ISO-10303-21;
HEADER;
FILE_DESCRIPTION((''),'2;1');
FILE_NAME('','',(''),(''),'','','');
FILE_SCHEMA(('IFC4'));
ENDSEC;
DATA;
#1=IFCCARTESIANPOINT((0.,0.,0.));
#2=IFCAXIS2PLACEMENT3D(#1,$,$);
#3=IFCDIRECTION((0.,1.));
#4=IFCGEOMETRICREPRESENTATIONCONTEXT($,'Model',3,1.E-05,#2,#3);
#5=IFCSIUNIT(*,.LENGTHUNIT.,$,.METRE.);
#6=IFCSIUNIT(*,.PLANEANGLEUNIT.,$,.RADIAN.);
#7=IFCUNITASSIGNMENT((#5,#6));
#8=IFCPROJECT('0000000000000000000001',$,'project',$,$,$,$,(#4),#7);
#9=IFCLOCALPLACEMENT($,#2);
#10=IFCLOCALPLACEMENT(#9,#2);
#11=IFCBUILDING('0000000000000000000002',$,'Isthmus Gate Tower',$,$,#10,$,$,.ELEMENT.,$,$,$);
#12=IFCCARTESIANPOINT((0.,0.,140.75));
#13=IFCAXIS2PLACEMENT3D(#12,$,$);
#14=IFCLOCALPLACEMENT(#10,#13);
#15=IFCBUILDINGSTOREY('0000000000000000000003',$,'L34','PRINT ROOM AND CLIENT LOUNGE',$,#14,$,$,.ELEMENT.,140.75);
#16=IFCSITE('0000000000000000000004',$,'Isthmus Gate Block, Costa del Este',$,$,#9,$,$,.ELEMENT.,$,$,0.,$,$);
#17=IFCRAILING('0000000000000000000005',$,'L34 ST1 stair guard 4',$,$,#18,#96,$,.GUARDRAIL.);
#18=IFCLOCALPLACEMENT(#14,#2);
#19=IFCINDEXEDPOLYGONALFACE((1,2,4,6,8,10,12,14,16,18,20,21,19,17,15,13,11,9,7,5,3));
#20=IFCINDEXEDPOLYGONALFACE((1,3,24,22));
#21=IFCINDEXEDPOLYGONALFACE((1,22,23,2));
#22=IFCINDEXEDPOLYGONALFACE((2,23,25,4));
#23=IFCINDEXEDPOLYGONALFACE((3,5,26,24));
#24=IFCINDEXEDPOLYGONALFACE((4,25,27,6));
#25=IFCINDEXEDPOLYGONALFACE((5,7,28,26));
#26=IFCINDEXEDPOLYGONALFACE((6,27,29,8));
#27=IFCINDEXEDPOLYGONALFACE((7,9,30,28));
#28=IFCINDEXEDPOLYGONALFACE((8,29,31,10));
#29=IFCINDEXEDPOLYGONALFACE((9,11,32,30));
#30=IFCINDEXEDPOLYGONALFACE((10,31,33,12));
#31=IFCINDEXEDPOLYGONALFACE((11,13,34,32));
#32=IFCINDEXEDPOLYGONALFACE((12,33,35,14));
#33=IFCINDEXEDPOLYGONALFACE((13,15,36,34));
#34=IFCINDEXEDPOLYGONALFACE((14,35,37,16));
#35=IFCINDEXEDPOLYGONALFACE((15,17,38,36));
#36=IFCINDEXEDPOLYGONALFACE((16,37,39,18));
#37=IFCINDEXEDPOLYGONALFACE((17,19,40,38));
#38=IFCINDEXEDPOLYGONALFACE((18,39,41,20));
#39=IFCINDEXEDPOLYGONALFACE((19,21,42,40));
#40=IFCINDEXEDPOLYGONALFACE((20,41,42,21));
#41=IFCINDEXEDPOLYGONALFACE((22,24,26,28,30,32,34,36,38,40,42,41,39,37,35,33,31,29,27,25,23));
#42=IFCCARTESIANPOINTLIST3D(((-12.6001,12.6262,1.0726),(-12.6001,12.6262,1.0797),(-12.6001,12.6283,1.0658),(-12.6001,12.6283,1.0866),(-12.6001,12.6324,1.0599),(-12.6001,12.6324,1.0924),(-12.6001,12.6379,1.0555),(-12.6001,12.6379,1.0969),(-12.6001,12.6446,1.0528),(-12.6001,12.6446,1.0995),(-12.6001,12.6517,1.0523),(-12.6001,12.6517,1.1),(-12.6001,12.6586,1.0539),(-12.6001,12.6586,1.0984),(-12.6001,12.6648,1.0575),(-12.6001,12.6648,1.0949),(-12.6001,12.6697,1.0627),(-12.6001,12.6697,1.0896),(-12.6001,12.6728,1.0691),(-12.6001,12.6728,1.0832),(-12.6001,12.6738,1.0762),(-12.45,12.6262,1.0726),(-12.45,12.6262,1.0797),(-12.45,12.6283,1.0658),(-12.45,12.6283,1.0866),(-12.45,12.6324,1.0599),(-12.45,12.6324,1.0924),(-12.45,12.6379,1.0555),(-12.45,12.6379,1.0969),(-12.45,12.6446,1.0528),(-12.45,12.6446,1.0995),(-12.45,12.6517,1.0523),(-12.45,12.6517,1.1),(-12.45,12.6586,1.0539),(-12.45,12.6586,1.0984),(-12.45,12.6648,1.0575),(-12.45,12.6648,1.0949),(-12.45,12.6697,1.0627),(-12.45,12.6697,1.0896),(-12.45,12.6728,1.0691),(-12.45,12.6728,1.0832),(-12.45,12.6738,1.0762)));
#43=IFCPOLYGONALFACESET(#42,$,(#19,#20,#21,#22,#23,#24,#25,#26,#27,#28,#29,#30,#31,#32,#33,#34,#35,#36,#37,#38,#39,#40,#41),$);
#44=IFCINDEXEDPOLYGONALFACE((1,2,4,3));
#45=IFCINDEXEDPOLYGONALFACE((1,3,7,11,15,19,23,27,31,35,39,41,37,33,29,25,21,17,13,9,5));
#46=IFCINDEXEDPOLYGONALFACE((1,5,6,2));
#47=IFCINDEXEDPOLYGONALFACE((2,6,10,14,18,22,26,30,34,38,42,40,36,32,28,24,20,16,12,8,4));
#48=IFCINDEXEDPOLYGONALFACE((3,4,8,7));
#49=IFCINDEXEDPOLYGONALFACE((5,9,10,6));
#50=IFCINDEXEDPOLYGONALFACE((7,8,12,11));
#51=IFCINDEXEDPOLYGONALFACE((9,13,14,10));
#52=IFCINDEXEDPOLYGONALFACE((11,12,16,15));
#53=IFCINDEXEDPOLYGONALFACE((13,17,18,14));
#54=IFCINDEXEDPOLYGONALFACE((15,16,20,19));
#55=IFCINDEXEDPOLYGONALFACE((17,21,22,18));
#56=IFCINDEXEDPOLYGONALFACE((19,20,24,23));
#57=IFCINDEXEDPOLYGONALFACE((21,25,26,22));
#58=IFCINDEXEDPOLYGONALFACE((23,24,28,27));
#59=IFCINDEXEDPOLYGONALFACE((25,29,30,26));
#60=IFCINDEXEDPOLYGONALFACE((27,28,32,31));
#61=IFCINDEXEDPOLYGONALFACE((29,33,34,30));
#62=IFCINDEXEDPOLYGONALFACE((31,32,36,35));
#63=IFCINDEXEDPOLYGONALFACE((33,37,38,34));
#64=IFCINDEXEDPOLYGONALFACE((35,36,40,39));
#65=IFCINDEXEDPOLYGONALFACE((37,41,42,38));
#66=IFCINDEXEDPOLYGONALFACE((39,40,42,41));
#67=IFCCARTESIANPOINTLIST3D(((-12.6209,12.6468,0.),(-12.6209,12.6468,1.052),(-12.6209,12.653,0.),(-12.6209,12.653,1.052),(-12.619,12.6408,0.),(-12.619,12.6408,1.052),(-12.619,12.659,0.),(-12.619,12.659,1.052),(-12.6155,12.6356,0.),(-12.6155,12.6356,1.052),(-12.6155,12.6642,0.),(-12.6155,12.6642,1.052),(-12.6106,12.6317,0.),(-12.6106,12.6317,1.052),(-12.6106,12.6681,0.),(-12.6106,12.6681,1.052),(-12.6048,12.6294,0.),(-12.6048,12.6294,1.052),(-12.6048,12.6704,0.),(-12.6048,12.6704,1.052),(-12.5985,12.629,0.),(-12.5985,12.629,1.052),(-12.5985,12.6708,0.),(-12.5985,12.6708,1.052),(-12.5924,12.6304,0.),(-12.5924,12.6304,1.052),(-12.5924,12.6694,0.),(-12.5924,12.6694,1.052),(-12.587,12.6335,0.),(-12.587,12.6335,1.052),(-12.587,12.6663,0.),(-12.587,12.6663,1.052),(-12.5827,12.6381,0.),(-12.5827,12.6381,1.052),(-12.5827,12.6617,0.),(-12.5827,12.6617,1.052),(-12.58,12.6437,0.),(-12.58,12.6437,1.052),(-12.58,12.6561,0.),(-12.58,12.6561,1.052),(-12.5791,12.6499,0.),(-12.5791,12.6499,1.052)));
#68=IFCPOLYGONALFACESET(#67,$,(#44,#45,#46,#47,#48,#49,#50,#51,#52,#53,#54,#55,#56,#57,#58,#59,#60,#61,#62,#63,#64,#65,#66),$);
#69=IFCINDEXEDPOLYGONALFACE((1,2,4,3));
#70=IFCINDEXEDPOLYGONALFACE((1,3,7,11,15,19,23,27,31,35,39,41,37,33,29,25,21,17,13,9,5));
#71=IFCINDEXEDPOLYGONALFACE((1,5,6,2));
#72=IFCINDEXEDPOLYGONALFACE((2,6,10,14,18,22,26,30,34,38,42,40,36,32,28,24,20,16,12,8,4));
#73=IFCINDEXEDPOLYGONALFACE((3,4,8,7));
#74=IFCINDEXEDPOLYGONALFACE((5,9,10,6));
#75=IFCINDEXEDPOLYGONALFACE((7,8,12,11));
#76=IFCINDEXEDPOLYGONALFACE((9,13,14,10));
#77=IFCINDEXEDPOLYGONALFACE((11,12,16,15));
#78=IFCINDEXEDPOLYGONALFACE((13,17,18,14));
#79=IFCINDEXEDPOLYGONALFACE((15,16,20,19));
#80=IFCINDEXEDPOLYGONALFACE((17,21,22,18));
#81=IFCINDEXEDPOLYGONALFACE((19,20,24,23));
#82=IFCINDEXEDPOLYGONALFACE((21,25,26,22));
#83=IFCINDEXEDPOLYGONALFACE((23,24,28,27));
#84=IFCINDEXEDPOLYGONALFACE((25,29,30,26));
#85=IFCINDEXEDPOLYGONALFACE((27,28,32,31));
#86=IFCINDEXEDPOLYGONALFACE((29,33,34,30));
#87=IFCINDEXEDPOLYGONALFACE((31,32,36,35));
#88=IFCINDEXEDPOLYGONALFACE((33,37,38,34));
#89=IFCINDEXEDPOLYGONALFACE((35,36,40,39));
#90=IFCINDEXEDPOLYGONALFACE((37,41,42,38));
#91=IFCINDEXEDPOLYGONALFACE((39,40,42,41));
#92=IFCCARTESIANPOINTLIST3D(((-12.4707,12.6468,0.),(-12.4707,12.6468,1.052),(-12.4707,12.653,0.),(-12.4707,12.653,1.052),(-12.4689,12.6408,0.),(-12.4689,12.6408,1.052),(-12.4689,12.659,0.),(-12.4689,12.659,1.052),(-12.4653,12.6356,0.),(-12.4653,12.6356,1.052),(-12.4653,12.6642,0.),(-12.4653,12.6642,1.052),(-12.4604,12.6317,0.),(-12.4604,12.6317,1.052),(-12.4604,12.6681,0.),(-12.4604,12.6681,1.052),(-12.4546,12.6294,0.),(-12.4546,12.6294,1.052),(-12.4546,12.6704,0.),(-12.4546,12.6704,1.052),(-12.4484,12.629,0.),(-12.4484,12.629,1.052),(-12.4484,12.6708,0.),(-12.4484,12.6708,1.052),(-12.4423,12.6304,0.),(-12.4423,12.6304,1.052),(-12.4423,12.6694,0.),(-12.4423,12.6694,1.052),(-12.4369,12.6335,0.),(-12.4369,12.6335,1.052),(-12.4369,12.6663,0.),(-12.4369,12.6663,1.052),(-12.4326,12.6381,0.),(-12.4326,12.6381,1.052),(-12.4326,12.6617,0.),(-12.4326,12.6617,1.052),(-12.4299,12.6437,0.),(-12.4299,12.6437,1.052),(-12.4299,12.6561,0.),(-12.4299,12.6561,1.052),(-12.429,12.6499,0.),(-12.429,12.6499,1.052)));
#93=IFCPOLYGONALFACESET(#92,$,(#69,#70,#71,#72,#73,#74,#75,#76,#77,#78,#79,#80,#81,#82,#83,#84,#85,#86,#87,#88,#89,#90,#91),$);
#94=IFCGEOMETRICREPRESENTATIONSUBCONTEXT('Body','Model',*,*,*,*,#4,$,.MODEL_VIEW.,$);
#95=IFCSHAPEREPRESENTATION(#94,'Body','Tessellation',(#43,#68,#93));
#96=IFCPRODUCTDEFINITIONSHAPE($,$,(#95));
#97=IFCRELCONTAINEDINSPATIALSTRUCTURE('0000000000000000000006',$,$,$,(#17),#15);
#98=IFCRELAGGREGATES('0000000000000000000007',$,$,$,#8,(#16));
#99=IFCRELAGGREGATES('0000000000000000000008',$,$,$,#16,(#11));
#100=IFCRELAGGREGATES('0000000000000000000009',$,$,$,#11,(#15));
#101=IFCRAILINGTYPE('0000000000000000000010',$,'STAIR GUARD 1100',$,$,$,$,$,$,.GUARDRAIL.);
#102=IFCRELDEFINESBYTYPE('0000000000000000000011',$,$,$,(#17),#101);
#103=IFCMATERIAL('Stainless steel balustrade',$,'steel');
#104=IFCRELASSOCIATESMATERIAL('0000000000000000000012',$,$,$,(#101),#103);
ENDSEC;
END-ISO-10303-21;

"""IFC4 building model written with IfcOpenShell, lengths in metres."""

from ifc_helpers import new_model, si_unit, direction, frame, origin, origin_2d, place, context, subcontext, project, spatial, circle, extrude, material, type_object, element, save


model = new_model("IFC4")

# Units and contexts
model_context = context("Model", 3, precision=1e-05, world=origin(), true_north=direction((0.0, 1.0)))
body_context = subcontext(model_context, "Body", "Model", "MODEL_VIEW")
ifc_project = project(units=[si_unit("LENGTHUNIT", "METRE"), si_unit("PLANEANGLEUNIT", "RADIAN")], contexts=[model_context])

# Site, building, storey
site_placement = place(None, origin())
site = spatial("IfcSite", under=ifc_project, at=site_placement, Name="Isthmus Gate Block, Costa del Este", CompositionType="ELEMENT", RefElevation=0.0)
building_placement = place(site_placement, origin())
building = spatial("IfcBuilding", under=site, at=building_placement, Name="Isthmus Gate Tower", CompositionType="ELEMENT")
storey_placement = place(building_placement, frame((0.0, 0.0, 140.75)))
storey = spatial("IfcBuildingStorey", under=building, at=storey_placement, Name="L34", Description="PRINT ROOM AND CLIENT LOUNGE", CompositionType="ELEMENT", Elevation=140.75)

# Railing
ifc_material_1 = material(Name="Stainless steel balustrade", Category="steel")
railing_type_1 = type_object("IfcRailingType", Name="STAIR GUARD 1100", PredefinedType="GUARDRAIL", material=ifc_material_1)
railing_1_placement = place(storey_placement, frame((-12.6001, 12.6499, 0.0)))
element("IfcRailing", 1, at=railing_1_placement, inside=storey, type_object=railing_type_1, Name="L34 ST1 stair guard 4", PredefinedType="GUARDRAIL", context=body_context, shape_type="SweptSolid", body=[
    extrude(circle(Radius=0.0239, at=origin_2d()), frame((0.0, 0.0, 1.0762), z_axis=(1.0, 0.0, 0.0), x_axis=(0.0, 1.0, 0.0)), (0.0, 0.0, 1.0), 0.1501),
    extrude(circle(Radius=0.021, at=origin_2d()), origin(), (0.0, 0.0, 1.0), 1.052),
    extrude(circle(Radius=0.021, at=origin_2d()), frame((0.1501, 0.0, 0.0)), (0.0, 0.0, 1.0), 1.052),
])

save(model, "model.ifc")
